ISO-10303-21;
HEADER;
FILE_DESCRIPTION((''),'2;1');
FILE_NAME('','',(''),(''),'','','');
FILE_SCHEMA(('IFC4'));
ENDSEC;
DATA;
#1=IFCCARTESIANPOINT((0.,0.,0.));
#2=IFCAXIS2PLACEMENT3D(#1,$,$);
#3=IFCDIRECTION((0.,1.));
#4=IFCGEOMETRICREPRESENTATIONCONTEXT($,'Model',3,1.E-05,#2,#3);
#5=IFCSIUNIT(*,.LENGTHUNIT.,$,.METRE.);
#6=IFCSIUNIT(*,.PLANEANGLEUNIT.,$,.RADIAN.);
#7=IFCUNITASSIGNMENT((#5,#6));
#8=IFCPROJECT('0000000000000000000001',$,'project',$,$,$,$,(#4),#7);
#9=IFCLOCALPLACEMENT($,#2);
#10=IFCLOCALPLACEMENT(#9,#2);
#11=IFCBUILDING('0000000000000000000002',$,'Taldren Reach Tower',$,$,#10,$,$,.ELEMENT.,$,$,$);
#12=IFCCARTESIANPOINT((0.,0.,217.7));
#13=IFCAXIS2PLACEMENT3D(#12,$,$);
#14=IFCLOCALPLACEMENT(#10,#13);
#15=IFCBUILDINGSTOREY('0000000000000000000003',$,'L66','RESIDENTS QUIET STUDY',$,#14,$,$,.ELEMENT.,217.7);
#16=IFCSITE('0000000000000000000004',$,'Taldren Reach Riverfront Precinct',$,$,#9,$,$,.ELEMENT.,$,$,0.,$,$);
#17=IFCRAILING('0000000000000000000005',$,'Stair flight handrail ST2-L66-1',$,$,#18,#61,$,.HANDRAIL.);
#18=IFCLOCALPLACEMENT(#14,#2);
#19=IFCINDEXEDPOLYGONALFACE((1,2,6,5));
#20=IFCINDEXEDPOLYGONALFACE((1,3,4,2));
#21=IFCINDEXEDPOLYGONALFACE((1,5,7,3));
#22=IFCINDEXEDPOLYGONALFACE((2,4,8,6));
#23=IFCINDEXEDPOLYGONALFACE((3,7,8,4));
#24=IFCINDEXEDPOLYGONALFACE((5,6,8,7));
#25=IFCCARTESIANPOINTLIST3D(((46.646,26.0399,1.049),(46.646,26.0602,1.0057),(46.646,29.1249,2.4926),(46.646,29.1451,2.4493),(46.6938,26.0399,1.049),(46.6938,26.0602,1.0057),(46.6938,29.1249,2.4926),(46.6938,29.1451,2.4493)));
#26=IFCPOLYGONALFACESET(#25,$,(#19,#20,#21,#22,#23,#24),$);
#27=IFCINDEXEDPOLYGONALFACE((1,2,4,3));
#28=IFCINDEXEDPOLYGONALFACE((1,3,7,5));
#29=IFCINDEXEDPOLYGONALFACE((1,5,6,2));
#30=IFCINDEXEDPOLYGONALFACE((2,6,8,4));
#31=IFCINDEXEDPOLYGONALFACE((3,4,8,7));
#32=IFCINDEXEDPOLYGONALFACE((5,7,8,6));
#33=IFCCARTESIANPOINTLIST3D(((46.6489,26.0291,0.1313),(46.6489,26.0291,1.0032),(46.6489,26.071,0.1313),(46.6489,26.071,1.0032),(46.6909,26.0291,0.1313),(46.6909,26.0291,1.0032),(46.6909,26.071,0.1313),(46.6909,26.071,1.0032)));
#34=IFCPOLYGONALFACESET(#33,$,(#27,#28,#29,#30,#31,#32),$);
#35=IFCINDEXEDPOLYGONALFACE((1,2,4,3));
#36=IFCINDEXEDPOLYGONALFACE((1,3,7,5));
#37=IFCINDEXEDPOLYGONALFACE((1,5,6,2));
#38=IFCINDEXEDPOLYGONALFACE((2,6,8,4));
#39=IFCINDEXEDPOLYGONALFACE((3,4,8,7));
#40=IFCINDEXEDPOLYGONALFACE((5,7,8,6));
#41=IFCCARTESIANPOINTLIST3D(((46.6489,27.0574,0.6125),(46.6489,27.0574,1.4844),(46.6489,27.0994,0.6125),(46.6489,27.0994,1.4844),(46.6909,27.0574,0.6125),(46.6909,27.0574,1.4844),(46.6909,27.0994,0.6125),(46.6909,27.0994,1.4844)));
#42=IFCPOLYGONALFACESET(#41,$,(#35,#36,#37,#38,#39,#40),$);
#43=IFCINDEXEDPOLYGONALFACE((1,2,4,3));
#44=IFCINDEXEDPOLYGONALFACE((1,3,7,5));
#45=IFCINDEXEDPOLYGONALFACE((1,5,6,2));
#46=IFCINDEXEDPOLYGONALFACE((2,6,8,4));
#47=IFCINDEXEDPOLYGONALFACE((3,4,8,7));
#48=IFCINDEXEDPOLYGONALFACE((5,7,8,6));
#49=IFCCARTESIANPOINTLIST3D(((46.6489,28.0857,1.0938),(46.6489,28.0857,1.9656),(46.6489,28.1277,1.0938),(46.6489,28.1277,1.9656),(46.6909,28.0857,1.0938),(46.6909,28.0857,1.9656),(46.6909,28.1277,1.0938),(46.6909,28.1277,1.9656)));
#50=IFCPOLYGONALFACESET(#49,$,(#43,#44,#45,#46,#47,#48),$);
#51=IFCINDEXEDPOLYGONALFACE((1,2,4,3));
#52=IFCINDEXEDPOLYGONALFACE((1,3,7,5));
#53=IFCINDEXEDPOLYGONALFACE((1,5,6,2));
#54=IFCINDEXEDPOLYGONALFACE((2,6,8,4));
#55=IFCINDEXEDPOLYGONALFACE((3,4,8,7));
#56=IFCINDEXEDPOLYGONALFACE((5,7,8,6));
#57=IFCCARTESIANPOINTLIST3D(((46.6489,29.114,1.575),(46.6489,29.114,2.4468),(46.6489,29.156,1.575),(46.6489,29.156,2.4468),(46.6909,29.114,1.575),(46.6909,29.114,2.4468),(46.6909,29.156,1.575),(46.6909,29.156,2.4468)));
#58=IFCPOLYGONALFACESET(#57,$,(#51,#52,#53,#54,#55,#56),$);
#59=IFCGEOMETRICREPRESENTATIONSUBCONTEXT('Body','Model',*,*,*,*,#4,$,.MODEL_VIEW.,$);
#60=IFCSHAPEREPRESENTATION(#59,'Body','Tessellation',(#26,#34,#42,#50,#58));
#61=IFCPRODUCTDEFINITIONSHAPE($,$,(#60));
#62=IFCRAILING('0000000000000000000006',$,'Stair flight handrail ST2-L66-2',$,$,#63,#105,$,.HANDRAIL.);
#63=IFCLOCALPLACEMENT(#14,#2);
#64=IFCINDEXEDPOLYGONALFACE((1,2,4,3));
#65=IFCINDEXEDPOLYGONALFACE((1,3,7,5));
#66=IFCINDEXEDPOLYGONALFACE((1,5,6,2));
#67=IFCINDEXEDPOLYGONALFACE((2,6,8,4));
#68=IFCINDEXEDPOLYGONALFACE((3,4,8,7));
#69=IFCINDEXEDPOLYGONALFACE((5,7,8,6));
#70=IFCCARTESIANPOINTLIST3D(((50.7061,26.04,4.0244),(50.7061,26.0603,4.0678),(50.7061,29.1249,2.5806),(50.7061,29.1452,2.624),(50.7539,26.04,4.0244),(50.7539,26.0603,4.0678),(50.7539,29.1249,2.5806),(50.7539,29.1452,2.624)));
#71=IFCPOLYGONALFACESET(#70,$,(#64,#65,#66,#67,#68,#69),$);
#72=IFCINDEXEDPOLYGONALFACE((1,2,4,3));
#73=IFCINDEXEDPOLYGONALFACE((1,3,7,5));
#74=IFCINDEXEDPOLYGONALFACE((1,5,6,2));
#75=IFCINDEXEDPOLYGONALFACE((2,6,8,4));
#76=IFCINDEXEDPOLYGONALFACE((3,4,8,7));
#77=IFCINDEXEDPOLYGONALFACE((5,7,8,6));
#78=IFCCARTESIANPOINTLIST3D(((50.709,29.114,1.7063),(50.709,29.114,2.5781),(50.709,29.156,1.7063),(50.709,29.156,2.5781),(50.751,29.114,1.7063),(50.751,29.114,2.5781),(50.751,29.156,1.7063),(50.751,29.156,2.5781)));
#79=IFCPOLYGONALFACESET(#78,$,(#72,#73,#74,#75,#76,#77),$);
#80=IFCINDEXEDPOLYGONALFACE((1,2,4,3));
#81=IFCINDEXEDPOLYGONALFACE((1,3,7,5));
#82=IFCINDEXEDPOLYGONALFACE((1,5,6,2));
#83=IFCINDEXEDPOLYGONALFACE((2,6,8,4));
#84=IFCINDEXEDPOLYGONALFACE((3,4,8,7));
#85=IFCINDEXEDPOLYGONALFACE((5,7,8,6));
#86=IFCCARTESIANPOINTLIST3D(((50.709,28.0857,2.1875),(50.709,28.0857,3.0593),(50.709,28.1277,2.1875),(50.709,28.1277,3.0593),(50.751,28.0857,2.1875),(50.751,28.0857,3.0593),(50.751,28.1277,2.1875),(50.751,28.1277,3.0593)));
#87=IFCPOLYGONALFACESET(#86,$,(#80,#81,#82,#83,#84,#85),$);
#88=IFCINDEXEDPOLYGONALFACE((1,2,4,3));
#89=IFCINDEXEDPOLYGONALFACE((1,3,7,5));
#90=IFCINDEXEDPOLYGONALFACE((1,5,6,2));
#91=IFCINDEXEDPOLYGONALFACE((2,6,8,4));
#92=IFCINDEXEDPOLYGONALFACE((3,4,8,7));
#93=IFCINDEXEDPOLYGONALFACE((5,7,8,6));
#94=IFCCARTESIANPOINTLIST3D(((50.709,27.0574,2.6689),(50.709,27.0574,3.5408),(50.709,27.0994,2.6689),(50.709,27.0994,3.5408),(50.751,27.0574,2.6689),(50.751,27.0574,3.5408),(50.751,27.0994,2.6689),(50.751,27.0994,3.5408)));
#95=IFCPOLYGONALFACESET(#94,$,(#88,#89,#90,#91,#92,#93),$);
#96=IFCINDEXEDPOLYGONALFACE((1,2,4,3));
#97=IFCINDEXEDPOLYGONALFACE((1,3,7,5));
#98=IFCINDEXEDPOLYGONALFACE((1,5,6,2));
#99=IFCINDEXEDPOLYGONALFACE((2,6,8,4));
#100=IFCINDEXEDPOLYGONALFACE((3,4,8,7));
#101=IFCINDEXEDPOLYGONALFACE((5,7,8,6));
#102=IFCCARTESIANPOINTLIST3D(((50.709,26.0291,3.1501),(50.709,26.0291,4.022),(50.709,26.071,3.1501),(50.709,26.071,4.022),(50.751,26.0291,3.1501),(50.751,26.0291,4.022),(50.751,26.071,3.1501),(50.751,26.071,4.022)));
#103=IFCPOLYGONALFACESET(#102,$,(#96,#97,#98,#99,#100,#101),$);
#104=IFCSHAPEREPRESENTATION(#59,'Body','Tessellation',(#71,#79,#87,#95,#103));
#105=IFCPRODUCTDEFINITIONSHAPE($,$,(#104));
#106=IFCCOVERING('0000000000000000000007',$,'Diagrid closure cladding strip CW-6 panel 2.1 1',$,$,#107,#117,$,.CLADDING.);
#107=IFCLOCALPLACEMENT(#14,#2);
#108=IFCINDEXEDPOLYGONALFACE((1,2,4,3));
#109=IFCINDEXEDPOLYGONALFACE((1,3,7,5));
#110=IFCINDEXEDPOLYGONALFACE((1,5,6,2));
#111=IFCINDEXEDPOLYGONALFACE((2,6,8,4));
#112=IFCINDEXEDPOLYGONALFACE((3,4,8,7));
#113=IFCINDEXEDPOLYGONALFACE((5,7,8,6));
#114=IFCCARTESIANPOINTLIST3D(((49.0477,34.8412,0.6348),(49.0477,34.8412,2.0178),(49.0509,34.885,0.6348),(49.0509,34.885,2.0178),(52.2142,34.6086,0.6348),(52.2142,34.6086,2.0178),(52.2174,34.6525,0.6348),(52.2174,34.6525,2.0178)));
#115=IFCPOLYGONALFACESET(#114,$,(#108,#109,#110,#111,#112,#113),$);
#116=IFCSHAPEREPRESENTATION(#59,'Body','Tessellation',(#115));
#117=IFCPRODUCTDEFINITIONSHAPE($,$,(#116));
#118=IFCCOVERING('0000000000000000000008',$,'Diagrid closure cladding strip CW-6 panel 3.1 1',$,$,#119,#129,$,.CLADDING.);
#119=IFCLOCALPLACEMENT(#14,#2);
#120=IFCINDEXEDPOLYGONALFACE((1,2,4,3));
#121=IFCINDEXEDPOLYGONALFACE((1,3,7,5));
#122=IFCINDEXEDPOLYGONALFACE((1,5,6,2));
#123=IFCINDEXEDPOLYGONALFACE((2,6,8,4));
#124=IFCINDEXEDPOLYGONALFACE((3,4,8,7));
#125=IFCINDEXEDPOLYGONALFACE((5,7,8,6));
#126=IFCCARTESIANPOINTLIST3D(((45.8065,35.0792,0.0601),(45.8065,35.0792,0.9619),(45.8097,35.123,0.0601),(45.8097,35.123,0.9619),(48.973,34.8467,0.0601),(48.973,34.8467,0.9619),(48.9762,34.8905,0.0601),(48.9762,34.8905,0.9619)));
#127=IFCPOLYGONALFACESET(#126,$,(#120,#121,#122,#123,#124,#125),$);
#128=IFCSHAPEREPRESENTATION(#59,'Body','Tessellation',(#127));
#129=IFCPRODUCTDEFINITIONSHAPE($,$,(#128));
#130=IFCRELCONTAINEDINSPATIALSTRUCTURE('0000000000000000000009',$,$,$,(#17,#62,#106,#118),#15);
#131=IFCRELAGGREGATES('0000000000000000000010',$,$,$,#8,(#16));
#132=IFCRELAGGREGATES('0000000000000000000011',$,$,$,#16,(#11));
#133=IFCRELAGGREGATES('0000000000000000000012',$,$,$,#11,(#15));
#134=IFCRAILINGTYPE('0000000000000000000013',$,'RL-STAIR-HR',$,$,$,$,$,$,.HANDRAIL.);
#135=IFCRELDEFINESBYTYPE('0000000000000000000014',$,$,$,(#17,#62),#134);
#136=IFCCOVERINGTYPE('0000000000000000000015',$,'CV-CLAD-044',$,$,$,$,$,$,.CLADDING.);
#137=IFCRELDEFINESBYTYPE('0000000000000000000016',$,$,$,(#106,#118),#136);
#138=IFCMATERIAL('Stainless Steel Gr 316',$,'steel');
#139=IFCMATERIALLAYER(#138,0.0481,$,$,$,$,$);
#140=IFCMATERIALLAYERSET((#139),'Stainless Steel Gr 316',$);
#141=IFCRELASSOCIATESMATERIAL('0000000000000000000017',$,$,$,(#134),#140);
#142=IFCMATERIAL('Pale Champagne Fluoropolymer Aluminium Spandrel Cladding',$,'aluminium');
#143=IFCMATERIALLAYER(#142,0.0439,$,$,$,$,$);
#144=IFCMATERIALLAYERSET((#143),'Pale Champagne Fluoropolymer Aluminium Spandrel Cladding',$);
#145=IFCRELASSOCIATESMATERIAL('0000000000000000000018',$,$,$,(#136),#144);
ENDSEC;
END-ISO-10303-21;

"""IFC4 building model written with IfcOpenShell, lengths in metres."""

from ifc_helpers import new_model, si_unit, direction, frame, origin, origin_2d, place, context, subcontext, project, spatial, rectangle, extrude, source, transform, mapped, material, layer, layer_set, type_object, element, save


model = new_model("IFC4")

# Units and contexts
model_context = context("Model", 3, precision=1e-05, world=origin(), true_north=direction((0.0, 1.0)))
body_context = subcontext(model_context, "Body", "Model", "MODEL_VIEW")
ifc_project = project(units=[si_unit("LENGTHUNIT", "METRE"), si_unit("PLANEANGLEUNIT", "RADIAN")], contexts=[model_context])

# Site, building, storey
site_placement = place(None, origin())
site = spatial("IfcSite", under=ifc_project, at=site_placement, Name="Taldren Reach Riverfront Precinct", CompositionType="ELEMENT", RefElevation=0.0)
building_placement = place(site_placement, origin())
building = spatial("IfcBuilding", under=site, at=building_placement, Name="Taldren Reach Tower", CompositionType="ELEMENT")
storey_placement = place(building_placement, frame((0.0, 0.0, 217.7)))
storey = spatial("IfcBuildingStorey", under=building, at=storey_placement, Name="L66", Description="RESIDENTS QUIET STUDY", CompositionType="ELEMENT", Elevation=217.7)

# Railings
ifc_material_1 = material(Name="Stainless Steel Gr 316", Category="steel")
ifc_layer_1 = layer(ifc_material_1, 0.0481)
ifc_layer_set_1 = layer_set([ifc_layer_1], Name="Stainless Steel Gr 316")
railing_type_1 = type_object("IfcRailingType", Name="RL-STAIR-HR", PredefinedType="HANDRAIL", material=ifc_layer_set_1)
railing_1_placement = place(storey_placement, frame((46.6699, 26.05, 0.1313)))
element("IfcRailing", 1, at=railing_1_placement, inside=storey, type_object=railing_type_1, Name="Stair flight handrail ST2-L66-1", PredefinedType="HANDRAIL", context=body_context, shape_type="SweptSolid", body=[
    extrude(rectangle(XDim=0.0479, YDim=0.0479, at=origin_2d()), frame((0.0, 0.0, 0.896), z_axis=(0.0, 0.905738, 0.423839), x_axis=(-1.0, 0.0, 0.0)), (0.0, 0.0, 1.0), 3.406),
    extrude(rectangle(XDim=0.042, YDim=0.042, at=origin_2d()), origin(), (0.0, 0.0, 1.0), 0.8718),
    extrude(rectangle(XDim=0.042, YDim=0.042, at=origin_2d()), frame((0.0, 1.0283, 0.4812)), (0.0, 0.0, 1.0), 0.8718),
    extrude(rectangle(XDim=0.042, YDim=0.042, at=origin_2d()), frame((0.0, 2.0566, 0.9624)), (0.0, 0.0, 1.0), 0.8718),
    extrude(rectangle(XDim=0.042, YDim=0.042, at=origin_2d()), frame((0.0, 3.085, 1.4436)), (0.0, 0.0, 1.0), 0.8718),
])
railing_2_placement = place(storey_placement, frame((50.73, 29.135, 1.7063)))
element("IfcRailing", 2, at=railing_2_placement, inside=storey, type_object=railing_type_1, Name="Stair flight handrail ST2-L66-2", PredefinedType="HANDRAIL", context=body_context, shape_type="SweptSolid", body=[
    extrude(rectangle(XDim=0.0479, YDim=0.0479, at=origin_2d()), frame((0.0, 0.0, 0.896), z_axis=(0.0, -0.90571, 0.423898), x_axis=(1.0, 0.0, 0.0)), (0.0, 0.0, 1.0), 3.406),
    extrude(rectangle(XDim=0.042, YDim=0.042, at=origin_2d()), origin(), (0.0, 0.0, 1.0), 0.8718),
    extrude(rectangle(XDim=0.042, YDim=0.042, at=origin_2d()), frame((0.0, -1.0283, 0.4812)), (0.0, 0.0, 1.0), 0.8718),
    extrude(rectangle(XDim=0.042, YDim=0.042, at=origin_2d()), frame((0.0, -2.0566, 0.9626)), (0.0, 0.0, 1.0), 0.8718),
    extrude(rectangle(XDim=0.042, YDim=0.042, at=origin_2d()), frame((0.0, -3.085, 1.4438)), (0.0, 0.0, 1.0), 0.8718),
])

# Coverings
ifc_material_2 = material(Name="Pale Champagne Fluoropolymer Aluminium Spandrel Cladding", Category="aluminium")
ifc_layer_2 = layer(ifc_material_2, 0.0439)
ifc_layer_set_2 = layer_set([ifc_layer_2], Name="Pale Champagne Fluoropolymer Aluminium Spandrel Cladding")
covering_type = type_object("IfcCoveringType", Name="CV-CLAD-044", PredefinedType="CLADDING", material=ifc_layer_set_2)
shared_shape_1 = source(origin(), body_context, "Body", "SweptSolid", [
    extrude(rectangle(XDim=3.175, YDim=0.0439, at=origin_2d()), origin(), (0.0, 0.0, 1.0), 1.3831),
])
covering_1_placement = place(storey_placement, frame((50.6326, 34.7468, 0.6348), z_axis=(0.0, 0.0, 1.0), x_axis=(-0.997314, 0.073238, 0.0)))
element("IfcCovering", 3, at=covering_1_placement, inside=storey, type_object=covering_type, Name="Diagrid closure cladding strip CW-6 panel 2.1 1", PredefinedType="CLADDING", context=body_context, shape_type="MappedRepresentation", body=[
    mapped(shared_shape_1, transform((0.0, 0.0, 0.0), scale=1.0)),
])
shared_shape_2 = source(origin(), body_context, "Body", "SweptSolid", [
    extrude(rectangle(XDim=3.175, YDim=0.0439, at=origin_2d()), origin(), (0.0, 0.0, 1.0), 0.9019),
])
covering_2_placement = place(storey_placement, frame((47.3914, 34.9849, 0.0601), z_axis=(0.0, 0.0, 1.0), x_axis=(-0.997314, 0.073238, 0.0)))
element("IfcCovering", 4, at=covering_2_placement, inside=storey, type_object=covering_type, Name="Diagrid closure cladding strip CW-6 panel 3.1 1", PredefinedType="CLADDING", context=body_context, shape_type="MappedRepresentation", body=[
    mapped(shared_shape_2, transform((0.0, 0.0, 0.0), scale=1.0)),
])

save(model, "model.ifc")
